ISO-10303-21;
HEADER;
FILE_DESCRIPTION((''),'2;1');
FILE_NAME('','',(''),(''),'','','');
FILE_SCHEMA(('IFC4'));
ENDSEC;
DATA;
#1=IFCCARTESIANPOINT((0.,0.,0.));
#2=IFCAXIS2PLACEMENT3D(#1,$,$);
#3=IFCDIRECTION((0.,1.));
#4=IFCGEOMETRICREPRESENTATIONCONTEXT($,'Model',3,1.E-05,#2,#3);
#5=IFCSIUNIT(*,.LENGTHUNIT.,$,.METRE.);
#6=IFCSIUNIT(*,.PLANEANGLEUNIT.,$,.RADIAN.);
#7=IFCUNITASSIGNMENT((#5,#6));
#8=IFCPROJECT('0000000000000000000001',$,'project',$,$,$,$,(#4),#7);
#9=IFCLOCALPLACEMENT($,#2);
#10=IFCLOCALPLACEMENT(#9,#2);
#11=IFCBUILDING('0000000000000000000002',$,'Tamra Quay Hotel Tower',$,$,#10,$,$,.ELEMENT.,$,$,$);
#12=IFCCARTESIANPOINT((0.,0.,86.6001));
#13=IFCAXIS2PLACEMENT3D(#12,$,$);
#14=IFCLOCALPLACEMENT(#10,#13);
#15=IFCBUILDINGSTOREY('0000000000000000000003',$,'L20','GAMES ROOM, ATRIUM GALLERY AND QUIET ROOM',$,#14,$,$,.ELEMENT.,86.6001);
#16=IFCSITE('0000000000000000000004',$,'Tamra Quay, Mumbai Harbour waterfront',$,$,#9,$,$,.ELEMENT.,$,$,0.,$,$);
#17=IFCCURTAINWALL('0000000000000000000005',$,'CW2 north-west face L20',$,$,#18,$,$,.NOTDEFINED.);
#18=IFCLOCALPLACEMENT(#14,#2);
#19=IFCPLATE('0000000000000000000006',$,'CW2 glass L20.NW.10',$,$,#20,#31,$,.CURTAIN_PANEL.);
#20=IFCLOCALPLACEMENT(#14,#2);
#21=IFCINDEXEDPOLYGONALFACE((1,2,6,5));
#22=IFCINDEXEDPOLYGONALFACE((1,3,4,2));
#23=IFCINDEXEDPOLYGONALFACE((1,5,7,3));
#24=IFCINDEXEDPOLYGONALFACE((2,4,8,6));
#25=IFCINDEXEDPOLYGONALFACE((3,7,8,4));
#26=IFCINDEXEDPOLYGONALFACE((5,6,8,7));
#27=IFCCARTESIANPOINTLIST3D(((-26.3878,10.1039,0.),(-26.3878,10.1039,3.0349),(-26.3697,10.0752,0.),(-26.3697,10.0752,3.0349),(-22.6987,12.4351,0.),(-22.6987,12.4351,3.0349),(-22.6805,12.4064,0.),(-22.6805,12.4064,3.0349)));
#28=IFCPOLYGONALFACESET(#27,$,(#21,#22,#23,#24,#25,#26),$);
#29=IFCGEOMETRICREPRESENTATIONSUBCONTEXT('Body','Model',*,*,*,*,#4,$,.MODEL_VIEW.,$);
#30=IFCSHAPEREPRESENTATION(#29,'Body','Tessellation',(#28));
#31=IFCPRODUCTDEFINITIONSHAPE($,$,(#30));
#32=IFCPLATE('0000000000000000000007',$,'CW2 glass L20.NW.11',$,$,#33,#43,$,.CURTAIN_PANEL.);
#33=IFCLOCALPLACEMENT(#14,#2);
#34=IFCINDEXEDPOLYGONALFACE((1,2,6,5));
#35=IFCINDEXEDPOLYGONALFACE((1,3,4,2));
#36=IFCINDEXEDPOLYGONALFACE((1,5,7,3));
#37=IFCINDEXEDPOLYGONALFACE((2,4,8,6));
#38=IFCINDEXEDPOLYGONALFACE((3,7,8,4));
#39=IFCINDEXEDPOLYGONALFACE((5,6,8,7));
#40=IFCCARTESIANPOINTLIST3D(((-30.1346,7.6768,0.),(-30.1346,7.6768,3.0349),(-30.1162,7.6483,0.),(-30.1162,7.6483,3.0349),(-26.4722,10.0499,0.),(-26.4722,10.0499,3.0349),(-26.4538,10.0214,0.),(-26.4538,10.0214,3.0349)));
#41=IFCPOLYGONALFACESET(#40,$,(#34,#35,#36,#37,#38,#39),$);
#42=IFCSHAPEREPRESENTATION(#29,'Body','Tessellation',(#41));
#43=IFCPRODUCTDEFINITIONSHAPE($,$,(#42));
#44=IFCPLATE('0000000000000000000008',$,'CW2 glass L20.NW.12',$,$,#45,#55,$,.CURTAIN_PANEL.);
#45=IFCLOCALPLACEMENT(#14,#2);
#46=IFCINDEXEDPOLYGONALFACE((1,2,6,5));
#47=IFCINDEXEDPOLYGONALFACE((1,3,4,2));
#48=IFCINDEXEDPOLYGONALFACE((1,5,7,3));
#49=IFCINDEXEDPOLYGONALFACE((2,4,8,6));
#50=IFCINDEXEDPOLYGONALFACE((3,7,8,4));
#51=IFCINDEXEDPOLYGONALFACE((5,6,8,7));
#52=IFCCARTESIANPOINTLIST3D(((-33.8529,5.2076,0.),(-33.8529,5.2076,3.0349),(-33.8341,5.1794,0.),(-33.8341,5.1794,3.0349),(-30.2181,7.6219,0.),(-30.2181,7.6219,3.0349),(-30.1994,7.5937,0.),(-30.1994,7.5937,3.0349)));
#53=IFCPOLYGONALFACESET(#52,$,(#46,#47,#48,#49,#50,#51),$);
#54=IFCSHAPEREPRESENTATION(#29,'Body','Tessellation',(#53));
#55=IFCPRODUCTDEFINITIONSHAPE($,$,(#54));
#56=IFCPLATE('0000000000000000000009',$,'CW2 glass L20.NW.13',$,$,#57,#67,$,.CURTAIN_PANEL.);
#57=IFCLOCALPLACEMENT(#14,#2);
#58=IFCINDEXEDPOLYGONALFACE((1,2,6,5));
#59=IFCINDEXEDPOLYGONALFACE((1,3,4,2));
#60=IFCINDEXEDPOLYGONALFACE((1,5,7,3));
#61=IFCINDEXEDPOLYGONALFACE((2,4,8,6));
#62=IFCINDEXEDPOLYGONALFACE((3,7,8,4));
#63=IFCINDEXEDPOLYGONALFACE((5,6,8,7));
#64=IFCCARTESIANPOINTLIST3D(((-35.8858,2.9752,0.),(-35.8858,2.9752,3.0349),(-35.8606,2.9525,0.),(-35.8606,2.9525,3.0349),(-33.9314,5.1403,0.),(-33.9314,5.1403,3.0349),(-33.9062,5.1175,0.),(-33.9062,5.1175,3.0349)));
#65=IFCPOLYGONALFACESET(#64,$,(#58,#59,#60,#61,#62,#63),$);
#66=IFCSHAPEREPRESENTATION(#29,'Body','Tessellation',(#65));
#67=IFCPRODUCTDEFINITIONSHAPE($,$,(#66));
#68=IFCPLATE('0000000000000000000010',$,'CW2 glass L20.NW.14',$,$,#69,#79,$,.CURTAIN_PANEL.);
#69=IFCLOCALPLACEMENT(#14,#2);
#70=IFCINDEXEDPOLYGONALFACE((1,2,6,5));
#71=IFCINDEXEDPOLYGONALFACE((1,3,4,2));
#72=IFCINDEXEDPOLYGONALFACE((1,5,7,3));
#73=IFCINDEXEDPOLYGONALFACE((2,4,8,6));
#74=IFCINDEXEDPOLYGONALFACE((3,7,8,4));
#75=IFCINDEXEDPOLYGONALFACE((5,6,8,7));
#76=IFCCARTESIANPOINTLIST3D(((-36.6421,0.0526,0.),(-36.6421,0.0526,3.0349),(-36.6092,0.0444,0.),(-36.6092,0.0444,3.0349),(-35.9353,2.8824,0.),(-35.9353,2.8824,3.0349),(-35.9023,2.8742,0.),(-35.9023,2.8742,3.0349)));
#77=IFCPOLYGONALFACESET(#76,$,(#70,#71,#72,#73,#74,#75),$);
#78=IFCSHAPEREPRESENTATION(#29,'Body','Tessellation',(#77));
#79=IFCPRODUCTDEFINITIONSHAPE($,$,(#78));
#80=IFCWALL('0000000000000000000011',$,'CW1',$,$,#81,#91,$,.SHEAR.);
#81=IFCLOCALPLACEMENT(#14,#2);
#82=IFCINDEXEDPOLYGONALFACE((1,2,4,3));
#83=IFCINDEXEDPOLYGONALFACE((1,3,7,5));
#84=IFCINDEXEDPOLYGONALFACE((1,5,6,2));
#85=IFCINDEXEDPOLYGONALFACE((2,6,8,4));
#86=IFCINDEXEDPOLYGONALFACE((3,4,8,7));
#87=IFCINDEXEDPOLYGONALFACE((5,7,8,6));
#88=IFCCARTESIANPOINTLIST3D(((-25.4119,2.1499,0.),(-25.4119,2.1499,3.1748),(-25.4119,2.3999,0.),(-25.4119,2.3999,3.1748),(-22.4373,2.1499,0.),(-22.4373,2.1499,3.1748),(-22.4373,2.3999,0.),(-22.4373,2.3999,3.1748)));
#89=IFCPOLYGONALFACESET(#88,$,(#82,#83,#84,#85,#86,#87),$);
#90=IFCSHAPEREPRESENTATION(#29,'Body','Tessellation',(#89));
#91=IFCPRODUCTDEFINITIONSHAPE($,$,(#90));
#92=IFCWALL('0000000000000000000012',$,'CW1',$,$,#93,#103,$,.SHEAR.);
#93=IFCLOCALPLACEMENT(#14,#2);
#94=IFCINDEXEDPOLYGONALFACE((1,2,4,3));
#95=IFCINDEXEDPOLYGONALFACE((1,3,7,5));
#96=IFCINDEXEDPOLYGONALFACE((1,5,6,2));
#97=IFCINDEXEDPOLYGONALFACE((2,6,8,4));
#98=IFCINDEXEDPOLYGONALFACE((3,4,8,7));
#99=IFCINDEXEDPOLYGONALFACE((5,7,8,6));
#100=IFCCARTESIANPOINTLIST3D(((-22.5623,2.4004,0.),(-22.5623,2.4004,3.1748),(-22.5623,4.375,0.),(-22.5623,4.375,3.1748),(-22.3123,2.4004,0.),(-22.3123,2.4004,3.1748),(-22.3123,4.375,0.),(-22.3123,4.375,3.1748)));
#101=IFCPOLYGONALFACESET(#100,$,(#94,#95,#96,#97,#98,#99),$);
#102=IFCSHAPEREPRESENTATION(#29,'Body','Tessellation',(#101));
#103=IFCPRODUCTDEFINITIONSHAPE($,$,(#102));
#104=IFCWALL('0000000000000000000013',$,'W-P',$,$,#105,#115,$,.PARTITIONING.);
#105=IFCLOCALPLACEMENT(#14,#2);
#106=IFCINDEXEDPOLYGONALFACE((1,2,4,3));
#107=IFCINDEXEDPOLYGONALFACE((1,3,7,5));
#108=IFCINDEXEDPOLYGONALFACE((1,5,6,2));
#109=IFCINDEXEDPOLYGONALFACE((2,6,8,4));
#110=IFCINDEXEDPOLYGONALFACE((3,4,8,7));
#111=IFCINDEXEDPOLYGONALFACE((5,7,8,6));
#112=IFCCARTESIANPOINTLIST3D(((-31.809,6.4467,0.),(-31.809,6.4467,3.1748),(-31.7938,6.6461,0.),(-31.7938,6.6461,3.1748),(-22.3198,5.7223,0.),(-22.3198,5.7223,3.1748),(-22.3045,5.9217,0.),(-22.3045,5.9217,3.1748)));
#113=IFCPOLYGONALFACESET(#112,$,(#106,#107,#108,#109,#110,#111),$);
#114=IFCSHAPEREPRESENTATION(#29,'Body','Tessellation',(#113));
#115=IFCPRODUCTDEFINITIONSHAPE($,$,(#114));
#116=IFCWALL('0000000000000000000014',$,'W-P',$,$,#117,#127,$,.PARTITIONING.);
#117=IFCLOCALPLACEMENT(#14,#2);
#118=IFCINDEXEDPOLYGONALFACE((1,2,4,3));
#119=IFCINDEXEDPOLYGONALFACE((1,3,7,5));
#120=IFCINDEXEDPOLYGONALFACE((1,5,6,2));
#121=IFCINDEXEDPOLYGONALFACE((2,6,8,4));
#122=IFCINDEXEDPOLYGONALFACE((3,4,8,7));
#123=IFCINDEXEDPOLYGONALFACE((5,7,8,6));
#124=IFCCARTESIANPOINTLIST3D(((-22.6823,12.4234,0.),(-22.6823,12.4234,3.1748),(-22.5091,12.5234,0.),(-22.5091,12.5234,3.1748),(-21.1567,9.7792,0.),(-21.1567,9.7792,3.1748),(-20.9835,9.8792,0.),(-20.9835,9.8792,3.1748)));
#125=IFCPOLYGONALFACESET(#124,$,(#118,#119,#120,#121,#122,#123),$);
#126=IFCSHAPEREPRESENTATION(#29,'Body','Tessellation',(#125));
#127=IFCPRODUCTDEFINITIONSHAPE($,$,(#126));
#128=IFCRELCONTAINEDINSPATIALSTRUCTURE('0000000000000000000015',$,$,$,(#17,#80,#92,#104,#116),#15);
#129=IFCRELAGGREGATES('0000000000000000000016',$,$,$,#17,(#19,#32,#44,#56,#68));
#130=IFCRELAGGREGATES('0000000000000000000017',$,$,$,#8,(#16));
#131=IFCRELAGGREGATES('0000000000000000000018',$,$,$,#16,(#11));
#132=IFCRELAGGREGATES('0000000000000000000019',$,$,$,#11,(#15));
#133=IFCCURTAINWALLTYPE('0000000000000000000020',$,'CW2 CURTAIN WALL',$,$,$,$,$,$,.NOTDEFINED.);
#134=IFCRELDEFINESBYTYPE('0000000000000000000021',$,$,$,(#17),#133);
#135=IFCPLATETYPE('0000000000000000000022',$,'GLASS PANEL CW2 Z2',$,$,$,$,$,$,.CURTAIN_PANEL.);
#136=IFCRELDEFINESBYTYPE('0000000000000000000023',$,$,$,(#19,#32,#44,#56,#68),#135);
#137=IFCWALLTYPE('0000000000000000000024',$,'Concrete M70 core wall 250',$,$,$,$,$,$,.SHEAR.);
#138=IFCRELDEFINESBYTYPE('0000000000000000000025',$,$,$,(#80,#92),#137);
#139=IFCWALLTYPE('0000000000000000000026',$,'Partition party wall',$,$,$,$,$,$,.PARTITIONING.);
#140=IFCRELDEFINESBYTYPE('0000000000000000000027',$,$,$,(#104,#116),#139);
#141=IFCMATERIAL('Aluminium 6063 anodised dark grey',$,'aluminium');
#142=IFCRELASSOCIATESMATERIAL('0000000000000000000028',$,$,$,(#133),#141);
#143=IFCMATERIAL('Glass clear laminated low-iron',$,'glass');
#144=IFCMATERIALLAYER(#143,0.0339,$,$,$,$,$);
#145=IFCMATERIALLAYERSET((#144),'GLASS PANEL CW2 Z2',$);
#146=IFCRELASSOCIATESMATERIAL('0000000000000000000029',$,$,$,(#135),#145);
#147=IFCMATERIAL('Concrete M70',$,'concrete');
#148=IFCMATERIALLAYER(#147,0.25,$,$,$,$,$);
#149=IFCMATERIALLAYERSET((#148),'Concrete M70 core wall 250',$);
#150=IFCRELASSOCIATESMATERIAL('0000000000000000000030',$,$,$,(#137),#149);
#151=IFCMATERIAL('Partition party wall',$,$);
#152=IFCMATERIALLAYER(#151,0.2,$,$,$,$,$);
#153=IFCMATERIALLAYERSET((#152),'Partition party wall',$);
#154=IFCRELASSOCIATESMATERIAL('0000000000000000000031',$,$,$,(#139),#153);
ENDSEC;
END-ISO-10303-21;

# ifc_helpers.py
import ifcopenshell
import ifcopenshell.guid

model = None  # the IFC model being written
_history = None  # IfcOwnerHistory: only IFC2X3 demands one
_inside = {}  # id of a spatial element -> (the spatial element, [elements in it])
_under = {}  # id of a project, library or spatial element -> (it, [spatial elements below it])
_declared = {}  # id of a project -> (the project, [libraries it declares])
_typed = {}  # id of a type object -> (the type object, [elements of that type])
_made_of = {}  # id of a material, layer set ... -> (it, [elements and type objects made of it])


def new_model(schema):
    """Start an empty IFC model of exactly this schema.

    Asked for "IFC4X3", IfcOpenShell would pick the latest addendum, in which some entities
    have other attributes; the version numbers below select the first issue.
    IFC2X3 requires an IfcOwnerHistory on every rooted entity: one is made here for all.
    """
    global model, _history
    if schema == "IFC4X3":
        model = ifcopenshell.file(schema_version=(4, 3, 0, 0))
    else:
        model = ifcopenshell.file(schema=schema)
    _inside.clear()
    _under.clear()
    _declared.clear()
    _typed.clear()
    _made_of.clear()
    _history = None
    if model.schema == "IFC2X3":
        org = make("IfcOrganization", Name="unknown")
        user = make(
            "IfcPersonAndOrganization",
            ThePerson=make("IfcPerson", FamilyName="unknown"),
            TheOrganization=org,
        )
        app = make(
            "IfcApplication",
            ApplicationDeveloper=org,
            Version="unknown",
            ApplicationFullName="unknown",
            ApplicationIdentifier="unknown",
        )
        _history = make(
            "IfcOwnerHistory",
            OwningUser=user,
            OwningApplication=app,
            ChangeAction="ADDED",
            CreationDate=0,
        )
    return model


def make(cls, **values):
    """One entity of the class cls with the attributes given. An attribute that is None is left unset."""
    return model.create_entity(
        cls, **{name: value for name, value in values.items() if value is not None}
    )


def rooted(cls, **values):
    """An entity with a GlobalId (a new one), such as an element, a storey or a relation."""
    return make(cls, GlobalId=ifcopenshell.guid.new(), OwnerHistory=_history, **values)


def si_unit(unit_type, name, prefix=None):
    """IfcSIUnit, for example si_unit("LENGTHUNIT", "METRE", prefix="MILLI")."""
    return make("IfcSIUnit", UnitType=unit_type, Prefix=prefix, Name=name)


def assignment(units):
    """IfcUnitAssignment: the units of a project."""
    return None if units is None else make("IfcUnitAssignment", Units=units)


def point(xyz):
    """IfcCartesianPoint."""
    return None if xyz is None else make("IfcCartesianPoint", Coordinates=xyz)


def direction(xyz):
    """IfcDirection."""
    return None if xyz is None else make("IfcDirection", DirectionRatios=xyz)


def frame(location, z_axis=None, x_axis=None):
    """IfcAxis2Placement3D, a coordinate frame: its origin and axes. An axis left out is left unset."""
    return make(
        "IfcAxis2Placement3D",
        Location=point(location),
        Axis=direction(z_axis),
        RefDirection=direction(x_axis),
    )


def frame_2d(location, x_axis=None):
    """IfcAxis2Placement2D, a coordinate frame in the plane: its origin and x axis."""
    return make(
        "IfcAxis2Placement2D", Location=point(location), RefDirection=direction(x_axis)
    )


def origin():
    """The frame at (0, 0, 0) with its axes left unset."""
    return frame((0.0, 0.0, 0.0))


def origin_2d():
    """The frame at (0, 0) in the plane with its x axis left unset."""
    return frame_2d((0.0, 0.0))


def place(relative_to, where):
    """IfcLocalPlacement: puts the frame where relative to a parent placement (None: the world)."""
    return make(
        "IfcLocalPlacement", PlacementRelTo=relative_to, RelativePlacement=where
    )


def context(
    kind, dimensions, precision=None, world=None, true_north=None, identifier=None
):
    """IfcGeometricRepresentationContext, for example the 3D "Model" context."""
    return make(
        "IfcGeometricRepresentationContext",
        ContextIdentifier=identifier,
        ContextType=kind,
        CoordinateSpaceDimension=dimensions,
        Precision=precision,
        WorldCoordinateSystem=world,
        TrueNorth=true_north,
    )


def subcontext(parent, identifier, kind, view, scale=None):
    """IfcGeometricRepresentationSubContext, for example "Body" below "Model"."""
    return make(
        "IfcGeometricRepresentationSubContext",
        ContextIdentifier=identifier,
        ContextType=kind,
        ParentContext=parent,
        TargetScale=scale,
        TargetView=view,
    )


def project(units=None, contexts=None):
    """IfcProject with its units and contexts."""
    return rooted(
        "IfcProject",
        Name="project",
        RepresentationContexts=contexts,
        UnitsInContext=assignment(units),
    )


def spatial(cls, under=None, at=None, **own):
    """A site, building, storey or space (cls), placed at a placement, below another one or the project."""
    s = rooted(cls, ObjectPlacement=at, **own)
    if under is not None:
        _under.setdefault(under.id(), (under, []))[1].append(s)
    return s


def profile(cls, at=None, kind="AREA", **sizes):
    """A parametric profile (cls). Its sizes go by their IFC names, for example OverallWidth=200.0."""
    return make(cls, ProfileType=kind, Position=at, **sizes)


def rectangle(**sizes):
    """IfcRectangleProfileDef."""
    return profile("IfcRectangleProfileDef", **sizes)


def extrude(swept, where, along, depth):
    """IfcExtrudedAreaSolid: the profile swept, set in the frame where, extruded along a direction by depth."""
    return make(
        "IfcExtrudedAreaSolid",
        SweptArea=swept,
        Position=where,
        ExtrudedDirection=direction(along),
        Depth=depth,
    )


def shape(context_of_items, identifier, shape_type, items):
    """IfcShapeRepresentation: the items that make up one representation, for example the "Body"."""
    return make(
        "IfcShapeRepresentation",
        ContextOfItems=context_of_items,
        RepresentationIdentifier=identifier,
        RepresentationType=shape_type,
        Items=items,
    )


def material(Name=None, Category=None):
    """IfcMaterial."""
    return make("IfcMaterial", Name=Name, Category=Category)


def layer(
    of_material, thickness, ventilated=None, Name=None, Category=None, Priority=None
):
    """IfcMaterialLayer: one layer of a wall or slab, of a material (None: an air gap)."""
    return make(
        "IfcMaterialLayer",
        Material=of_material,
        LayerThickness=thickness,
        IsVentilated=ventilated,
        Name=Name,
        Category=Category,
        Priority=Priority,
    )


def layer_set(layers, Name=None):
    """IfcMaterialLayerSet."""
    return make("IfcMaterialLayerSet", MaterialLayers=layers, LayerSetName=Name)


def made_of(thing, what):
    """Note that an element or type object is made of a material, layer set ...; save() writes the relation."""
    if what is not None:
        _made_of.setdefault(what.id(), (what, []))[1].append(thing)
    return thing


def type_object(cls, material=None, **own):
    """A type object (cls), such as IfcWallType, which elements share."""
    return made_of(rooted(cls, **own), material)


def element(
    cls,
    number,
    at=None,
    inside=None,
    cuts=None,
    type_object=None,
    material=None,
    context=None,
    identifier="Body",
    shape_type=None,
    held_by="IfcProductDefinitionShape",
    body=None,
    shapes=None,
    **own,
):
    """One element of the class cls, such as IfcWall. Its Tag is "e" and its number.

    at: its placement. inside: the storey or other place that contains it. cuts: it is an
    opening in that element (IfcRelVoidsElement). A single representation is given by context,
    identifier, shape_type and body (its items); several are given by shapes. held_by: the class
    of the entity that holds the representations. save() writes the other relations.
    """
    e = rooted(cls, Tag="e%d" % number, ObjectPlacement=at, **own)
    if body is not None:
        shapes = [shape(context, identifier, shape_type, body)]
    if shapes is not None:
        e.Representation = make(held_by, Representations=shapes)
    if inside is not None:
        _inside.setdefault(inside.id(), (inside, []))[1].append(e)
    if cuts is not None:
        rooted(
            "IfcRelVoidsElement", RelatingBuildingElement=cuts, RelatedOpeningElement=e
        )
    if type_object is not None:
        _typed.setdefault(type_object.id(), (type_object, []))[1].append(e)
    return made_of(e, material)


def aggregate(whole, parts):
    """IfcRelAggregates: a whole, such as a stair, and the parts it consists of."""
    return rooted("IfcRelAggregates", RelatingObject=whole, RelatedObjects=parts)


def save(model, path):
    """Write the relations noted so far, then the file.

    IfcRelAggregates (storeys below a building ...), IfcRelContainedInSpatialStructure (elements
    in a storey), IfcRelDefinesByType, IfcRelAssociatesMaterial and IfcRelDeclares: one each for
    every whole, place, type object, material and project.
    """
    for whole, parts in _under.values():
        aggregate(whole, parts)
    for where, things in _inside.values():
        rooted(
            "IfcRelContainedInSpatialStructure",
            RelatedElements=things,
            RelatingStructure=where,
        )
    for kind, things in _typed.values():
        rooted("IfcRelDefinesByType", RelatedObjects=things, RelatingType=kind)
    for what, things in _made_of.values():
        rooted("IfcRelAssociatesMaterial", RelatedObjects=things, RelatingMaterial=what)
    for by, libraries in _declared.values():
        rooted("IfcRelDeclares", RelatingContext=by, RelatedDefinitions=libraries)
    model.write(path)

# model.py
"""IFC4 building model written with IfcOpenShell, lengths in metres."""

from ifc_helpers import new_model, si_unit, direction, frame, frame_2d, origin, origin_2d, place, context, subcontext, project, spatial, rectangle, extrude, material, layer, layer_set, type_object, element, aggregate, save


model = new_model("IFC4")

# Units and contexts
model_context = context("Model", 3, precision=1e-05, world=origin(), true_north=direction((0.0, 1.0)))
body_context = subcontext(model_context, "Body", "Model", "MODEL_VIEW")
ifc_project = project(units=[si_unit("LENGTHUNIT", "METRE"), si_unit("PLANEANGLEUNIT", "RADIAN")], contexts=[model_context])

# Site, building, storey
site_placement = place(None, origin())
site = spatial("IfcSite", under=ifc_project, at=site_placement, Name="Tamra Quay, Mumbai Harbour waterfront", CompositionType="ELEMENT", RefElevation=0.0)
building_placement = place(site_placement, origin())
building = spatial("IfcBuilding", under=site, at=building_placement, Name="Tamra Quay Hotel Tower", CompositionType="ELEMENT")
storey_placement = place(building_placement, frame((0.0, 0.0, 86.6001)))
storey = spatial("IfcBuildingStorey", under=building, at=storey_placement, Name="L20", Description="GAMES ROOM, ATRIUM GALLERY AND QUIET ROOM", CompositionType="ELEMENT", Elevation=86.6001)

# Shared definitions
ifc_material_1 = material(Name="Concrete M70", Category="concrete")

# Curtain wall
ifc_material_2 = material(Name="Aluminium 6063 anodised dark grey", Category="aluminium")
curtain_wall_type = type_object("IfcCurtainWallType", Name="CW2 CURTAIN WALL", PredefinedType="NOTDEFINED", material=ifc_material_2)
curtain_wall_placement = place(storey_placement, origin())
curtain_wall = element("IfcCurtainWall", 1, at=curtain_wall_placement, inside=storey, type_object=curtain_wall_type, Name="CW2 north-west face L20", PredefinedType="NOTDEFINED")

# Plates
ifc_material_3 = material(Name="Glass clear laminated low-iron", Category="glass")
ifc_layer_1 = layer(ifc_material_3, 0.0339)
ifc_layer_set_1 = layer_set([ifc_layer_1], Name="GLASS PANEL CW2 Z2")
plate_type = type_object("IfcPlateType", Name="GLASS PANEL CW2 Z2", PredefinedType="CURTAIN_PANEL", material=ifc_layer_set_1)
plate_1_placement = place(storey_placement, frame((-24.5342, 11.2551, 0.0), z_axis=(0.0, 0.0, 1.0), x_axis=(-0.845362, -0.534193, 0.0)))
plate_1 = element("IfcPlate", 2, at=plate_1_placement, type_object=plate_type, Name="CW2 glass L20.NW.10", PredefinedType="CURTAIN_PANEL", context=body_context, shape_type="SweptSolid", body=[
    extrude(rectangle(XDim=4.364, YDim=0.0339, at=origin_2d()), origin(), (0.0, 0.0, 1.0), 3.0349),
])
plate_2_placement = place(storey_placement, frame((-28.2942, 8.8491, 0.0), z_axis=(0.0, 0.0, 1.0), x_axis=(-0.839224, -0.543786, 0.0)))
plate_2 = element("IfcPlate", 3, at=plate_2_placement, type_object=plate_type, Name="CW2 glass L20.NW.11", PredefinedType="CURTAIN_PANEL", context=body_context, shape_type="SweptSolid", body=[
    extrude(rectangle(XDim=4.364, YDim=0.0339, at=origin_2d()), origin(), (0.0, 0.0, 1.0), 3.0349),
])
plate_3_placement = place(storey_placement, frame((-32.0261, 6.4006, 0.0), z_axis=(0.0, 0.0, 1.0), x_axis=(-0.832988, -0.553291, 0.0)))
plate_3 = element("IfcPlate", 4, at=plate_3_placement, type_object=plate_type, Name="CW2 glass L20.NW.12", PredefinedType="CURTAIN_PANEL", context=body_context, shape_type="SweptSolid", body=[
    extrude(rectangle(XDim=4.3635, YDim=0.0339, at=origin_2d()), origin(), (0.0, 0.0, 1.0), 3.0349),
])
plate_4_placement = place(storey_placement, frame((-34.896, 4.0464, 0.0), z_axis=(0.0, 0.0, 1.0), x_axis=(-0.670088, -0.742282, 0.0)))
plate_4 = element("IfcPlate", 5, at=plate_4_placement, type_object=plate_type, Name="CW2 glass L20.NW.13", PredefinedType="CURTAIN_PANEL", context=body_context, shape_type="SweptSolid", body=[
    extrude(rectangle(XDim=2.9167, YDim=0.0339, at=origin_2d()), origin(), (0.0, 0.0, 1.0), 3.0349),
])
plate_5_placement = place(storey_placement, frame((-36.2722, 1.4634, 0.0), z_axis=(0.0, 0.0, 1.0), x_axis=(-0.242339, -0.970192, 0.0)))
plate_5 = element("IfcPlate", 6, at=plate_5_placement, type_object=plate_type, Name="CW2 glass L20.NW.14", PredefinedType="CURTAIN_PANEL", context=body_context, shape_type="SweptSolid", body=[
    extrude(rectangle(XDim=2.9167, YDim=0.0339, at=origin_2d()), origin(), (0.0, 0.0, 1.0), 3.0349),
])
aggregate(curtain_wall, [plate_1, plate_2, plate_3, plate_4, plate_5])

# Walls
ifc_layer_2 = layer(ifc_material_1, 0.25)
ifc_layer_set_2 = layer_set([ifc_layer_2], Name="Concrete M70 core wall 250")
wall_type_1 = type_object("IfcWallType", Name="Concrete M70 core wall 250", PredefinedType="SHEAR", material=ifc_layer_set_2)
wall_1_placement = place(storey_placement, frame((-25.4119, 2.2749, 0.0), z_axis=(0.0, 0.0, 1.0), x_axis=(1.0, 0.0, 0.0)))
element("IfcWall", 7, at=wall_1_placement, inside=storey, type_object=wall_type_1, Name="CW1", PredefinedType="SHEAR", context=body_context, shape_type="SweptSolid", body=[
    extrude(rectangle(XDim=2.9746, YDim=0.25, at=frame_2d((1.4873, 0.0))), origin(), (0.0, 0.0, 1.0), 3.1748),
])
wall_2_placement = place(storey_placement, frame((-22.4373, 2.4004, 0.0), z_axis=(0.0, 0.0, 1.0), x_axis=(0.0, 1.0, 0.0)))
element("IfcWall", 8, at=wall_2_placement, inside=storey, type_object=wall_type_1, Name="CW1", PredefinedType="SHEAR", context=body_context, shape_type="SweptSolid", body=[
    extrude(rectangle(XDim=1.9746, YDim=0.25, at=frame_2d((0.9873, 0.0))), origin(), (0.0, 0.0, 1.0), 3.1748),
])
ifc_material_4 = material(Name="Partition party wall")
ifc_layer_3 = layer(ifc_material_4, 0.2)
ifc_layer_set_3 = layer_set([ifc_layer_3], Name="Partition party wall")
wall_type_2 = type_object("IfcWallType", Name="Partition party wall", PredefinedType="PARTITIONING", material=ifc_layer_set_3)
wall_3_placement = place(storey_placement, frame((-31.8013, 6.5464, 0.0), z_axis=(0.0, 0.0, 1.0), x_axis=(0.997099, -0.076114, 0.0)))
element("IfcWall", 9, at=wall_3_placement, inside=storey, type_object=wall_type_2, Name="W-P", PredefinedType="PARTITIONING", context=body_context, shape_type="SweptSolid", body=[
    extrude(rectangle(XDim=9.5168, YDim=0.2, at=frame_2d((4.7583, 0.0))), origin(), (0.0, 0.0, 1.0), 3.1748),
])
wall_4_placement = place(storey_placement, frame((-22.5957, 12.4734, 0.0), z_axis=(0.0, 0.0, 1.0), x_axis=(0.499743, -0.866174, 0.0)))
element("IfcWall", 10, at=wall_4_placement, inside=storey, type_object=wall_type_2, Name="W-P", PredefinedType="PARTITIONING", context=body_context, shape_type="SweptSolid", body=[
    extrude(rectangle(XDim=3.0527, YDim=0.2, at=frame_2d((1.5264, 0.0))), origin(), (0.0, 0.0, 1.0), 3.1748),
])

save(model, "model.ifc")
